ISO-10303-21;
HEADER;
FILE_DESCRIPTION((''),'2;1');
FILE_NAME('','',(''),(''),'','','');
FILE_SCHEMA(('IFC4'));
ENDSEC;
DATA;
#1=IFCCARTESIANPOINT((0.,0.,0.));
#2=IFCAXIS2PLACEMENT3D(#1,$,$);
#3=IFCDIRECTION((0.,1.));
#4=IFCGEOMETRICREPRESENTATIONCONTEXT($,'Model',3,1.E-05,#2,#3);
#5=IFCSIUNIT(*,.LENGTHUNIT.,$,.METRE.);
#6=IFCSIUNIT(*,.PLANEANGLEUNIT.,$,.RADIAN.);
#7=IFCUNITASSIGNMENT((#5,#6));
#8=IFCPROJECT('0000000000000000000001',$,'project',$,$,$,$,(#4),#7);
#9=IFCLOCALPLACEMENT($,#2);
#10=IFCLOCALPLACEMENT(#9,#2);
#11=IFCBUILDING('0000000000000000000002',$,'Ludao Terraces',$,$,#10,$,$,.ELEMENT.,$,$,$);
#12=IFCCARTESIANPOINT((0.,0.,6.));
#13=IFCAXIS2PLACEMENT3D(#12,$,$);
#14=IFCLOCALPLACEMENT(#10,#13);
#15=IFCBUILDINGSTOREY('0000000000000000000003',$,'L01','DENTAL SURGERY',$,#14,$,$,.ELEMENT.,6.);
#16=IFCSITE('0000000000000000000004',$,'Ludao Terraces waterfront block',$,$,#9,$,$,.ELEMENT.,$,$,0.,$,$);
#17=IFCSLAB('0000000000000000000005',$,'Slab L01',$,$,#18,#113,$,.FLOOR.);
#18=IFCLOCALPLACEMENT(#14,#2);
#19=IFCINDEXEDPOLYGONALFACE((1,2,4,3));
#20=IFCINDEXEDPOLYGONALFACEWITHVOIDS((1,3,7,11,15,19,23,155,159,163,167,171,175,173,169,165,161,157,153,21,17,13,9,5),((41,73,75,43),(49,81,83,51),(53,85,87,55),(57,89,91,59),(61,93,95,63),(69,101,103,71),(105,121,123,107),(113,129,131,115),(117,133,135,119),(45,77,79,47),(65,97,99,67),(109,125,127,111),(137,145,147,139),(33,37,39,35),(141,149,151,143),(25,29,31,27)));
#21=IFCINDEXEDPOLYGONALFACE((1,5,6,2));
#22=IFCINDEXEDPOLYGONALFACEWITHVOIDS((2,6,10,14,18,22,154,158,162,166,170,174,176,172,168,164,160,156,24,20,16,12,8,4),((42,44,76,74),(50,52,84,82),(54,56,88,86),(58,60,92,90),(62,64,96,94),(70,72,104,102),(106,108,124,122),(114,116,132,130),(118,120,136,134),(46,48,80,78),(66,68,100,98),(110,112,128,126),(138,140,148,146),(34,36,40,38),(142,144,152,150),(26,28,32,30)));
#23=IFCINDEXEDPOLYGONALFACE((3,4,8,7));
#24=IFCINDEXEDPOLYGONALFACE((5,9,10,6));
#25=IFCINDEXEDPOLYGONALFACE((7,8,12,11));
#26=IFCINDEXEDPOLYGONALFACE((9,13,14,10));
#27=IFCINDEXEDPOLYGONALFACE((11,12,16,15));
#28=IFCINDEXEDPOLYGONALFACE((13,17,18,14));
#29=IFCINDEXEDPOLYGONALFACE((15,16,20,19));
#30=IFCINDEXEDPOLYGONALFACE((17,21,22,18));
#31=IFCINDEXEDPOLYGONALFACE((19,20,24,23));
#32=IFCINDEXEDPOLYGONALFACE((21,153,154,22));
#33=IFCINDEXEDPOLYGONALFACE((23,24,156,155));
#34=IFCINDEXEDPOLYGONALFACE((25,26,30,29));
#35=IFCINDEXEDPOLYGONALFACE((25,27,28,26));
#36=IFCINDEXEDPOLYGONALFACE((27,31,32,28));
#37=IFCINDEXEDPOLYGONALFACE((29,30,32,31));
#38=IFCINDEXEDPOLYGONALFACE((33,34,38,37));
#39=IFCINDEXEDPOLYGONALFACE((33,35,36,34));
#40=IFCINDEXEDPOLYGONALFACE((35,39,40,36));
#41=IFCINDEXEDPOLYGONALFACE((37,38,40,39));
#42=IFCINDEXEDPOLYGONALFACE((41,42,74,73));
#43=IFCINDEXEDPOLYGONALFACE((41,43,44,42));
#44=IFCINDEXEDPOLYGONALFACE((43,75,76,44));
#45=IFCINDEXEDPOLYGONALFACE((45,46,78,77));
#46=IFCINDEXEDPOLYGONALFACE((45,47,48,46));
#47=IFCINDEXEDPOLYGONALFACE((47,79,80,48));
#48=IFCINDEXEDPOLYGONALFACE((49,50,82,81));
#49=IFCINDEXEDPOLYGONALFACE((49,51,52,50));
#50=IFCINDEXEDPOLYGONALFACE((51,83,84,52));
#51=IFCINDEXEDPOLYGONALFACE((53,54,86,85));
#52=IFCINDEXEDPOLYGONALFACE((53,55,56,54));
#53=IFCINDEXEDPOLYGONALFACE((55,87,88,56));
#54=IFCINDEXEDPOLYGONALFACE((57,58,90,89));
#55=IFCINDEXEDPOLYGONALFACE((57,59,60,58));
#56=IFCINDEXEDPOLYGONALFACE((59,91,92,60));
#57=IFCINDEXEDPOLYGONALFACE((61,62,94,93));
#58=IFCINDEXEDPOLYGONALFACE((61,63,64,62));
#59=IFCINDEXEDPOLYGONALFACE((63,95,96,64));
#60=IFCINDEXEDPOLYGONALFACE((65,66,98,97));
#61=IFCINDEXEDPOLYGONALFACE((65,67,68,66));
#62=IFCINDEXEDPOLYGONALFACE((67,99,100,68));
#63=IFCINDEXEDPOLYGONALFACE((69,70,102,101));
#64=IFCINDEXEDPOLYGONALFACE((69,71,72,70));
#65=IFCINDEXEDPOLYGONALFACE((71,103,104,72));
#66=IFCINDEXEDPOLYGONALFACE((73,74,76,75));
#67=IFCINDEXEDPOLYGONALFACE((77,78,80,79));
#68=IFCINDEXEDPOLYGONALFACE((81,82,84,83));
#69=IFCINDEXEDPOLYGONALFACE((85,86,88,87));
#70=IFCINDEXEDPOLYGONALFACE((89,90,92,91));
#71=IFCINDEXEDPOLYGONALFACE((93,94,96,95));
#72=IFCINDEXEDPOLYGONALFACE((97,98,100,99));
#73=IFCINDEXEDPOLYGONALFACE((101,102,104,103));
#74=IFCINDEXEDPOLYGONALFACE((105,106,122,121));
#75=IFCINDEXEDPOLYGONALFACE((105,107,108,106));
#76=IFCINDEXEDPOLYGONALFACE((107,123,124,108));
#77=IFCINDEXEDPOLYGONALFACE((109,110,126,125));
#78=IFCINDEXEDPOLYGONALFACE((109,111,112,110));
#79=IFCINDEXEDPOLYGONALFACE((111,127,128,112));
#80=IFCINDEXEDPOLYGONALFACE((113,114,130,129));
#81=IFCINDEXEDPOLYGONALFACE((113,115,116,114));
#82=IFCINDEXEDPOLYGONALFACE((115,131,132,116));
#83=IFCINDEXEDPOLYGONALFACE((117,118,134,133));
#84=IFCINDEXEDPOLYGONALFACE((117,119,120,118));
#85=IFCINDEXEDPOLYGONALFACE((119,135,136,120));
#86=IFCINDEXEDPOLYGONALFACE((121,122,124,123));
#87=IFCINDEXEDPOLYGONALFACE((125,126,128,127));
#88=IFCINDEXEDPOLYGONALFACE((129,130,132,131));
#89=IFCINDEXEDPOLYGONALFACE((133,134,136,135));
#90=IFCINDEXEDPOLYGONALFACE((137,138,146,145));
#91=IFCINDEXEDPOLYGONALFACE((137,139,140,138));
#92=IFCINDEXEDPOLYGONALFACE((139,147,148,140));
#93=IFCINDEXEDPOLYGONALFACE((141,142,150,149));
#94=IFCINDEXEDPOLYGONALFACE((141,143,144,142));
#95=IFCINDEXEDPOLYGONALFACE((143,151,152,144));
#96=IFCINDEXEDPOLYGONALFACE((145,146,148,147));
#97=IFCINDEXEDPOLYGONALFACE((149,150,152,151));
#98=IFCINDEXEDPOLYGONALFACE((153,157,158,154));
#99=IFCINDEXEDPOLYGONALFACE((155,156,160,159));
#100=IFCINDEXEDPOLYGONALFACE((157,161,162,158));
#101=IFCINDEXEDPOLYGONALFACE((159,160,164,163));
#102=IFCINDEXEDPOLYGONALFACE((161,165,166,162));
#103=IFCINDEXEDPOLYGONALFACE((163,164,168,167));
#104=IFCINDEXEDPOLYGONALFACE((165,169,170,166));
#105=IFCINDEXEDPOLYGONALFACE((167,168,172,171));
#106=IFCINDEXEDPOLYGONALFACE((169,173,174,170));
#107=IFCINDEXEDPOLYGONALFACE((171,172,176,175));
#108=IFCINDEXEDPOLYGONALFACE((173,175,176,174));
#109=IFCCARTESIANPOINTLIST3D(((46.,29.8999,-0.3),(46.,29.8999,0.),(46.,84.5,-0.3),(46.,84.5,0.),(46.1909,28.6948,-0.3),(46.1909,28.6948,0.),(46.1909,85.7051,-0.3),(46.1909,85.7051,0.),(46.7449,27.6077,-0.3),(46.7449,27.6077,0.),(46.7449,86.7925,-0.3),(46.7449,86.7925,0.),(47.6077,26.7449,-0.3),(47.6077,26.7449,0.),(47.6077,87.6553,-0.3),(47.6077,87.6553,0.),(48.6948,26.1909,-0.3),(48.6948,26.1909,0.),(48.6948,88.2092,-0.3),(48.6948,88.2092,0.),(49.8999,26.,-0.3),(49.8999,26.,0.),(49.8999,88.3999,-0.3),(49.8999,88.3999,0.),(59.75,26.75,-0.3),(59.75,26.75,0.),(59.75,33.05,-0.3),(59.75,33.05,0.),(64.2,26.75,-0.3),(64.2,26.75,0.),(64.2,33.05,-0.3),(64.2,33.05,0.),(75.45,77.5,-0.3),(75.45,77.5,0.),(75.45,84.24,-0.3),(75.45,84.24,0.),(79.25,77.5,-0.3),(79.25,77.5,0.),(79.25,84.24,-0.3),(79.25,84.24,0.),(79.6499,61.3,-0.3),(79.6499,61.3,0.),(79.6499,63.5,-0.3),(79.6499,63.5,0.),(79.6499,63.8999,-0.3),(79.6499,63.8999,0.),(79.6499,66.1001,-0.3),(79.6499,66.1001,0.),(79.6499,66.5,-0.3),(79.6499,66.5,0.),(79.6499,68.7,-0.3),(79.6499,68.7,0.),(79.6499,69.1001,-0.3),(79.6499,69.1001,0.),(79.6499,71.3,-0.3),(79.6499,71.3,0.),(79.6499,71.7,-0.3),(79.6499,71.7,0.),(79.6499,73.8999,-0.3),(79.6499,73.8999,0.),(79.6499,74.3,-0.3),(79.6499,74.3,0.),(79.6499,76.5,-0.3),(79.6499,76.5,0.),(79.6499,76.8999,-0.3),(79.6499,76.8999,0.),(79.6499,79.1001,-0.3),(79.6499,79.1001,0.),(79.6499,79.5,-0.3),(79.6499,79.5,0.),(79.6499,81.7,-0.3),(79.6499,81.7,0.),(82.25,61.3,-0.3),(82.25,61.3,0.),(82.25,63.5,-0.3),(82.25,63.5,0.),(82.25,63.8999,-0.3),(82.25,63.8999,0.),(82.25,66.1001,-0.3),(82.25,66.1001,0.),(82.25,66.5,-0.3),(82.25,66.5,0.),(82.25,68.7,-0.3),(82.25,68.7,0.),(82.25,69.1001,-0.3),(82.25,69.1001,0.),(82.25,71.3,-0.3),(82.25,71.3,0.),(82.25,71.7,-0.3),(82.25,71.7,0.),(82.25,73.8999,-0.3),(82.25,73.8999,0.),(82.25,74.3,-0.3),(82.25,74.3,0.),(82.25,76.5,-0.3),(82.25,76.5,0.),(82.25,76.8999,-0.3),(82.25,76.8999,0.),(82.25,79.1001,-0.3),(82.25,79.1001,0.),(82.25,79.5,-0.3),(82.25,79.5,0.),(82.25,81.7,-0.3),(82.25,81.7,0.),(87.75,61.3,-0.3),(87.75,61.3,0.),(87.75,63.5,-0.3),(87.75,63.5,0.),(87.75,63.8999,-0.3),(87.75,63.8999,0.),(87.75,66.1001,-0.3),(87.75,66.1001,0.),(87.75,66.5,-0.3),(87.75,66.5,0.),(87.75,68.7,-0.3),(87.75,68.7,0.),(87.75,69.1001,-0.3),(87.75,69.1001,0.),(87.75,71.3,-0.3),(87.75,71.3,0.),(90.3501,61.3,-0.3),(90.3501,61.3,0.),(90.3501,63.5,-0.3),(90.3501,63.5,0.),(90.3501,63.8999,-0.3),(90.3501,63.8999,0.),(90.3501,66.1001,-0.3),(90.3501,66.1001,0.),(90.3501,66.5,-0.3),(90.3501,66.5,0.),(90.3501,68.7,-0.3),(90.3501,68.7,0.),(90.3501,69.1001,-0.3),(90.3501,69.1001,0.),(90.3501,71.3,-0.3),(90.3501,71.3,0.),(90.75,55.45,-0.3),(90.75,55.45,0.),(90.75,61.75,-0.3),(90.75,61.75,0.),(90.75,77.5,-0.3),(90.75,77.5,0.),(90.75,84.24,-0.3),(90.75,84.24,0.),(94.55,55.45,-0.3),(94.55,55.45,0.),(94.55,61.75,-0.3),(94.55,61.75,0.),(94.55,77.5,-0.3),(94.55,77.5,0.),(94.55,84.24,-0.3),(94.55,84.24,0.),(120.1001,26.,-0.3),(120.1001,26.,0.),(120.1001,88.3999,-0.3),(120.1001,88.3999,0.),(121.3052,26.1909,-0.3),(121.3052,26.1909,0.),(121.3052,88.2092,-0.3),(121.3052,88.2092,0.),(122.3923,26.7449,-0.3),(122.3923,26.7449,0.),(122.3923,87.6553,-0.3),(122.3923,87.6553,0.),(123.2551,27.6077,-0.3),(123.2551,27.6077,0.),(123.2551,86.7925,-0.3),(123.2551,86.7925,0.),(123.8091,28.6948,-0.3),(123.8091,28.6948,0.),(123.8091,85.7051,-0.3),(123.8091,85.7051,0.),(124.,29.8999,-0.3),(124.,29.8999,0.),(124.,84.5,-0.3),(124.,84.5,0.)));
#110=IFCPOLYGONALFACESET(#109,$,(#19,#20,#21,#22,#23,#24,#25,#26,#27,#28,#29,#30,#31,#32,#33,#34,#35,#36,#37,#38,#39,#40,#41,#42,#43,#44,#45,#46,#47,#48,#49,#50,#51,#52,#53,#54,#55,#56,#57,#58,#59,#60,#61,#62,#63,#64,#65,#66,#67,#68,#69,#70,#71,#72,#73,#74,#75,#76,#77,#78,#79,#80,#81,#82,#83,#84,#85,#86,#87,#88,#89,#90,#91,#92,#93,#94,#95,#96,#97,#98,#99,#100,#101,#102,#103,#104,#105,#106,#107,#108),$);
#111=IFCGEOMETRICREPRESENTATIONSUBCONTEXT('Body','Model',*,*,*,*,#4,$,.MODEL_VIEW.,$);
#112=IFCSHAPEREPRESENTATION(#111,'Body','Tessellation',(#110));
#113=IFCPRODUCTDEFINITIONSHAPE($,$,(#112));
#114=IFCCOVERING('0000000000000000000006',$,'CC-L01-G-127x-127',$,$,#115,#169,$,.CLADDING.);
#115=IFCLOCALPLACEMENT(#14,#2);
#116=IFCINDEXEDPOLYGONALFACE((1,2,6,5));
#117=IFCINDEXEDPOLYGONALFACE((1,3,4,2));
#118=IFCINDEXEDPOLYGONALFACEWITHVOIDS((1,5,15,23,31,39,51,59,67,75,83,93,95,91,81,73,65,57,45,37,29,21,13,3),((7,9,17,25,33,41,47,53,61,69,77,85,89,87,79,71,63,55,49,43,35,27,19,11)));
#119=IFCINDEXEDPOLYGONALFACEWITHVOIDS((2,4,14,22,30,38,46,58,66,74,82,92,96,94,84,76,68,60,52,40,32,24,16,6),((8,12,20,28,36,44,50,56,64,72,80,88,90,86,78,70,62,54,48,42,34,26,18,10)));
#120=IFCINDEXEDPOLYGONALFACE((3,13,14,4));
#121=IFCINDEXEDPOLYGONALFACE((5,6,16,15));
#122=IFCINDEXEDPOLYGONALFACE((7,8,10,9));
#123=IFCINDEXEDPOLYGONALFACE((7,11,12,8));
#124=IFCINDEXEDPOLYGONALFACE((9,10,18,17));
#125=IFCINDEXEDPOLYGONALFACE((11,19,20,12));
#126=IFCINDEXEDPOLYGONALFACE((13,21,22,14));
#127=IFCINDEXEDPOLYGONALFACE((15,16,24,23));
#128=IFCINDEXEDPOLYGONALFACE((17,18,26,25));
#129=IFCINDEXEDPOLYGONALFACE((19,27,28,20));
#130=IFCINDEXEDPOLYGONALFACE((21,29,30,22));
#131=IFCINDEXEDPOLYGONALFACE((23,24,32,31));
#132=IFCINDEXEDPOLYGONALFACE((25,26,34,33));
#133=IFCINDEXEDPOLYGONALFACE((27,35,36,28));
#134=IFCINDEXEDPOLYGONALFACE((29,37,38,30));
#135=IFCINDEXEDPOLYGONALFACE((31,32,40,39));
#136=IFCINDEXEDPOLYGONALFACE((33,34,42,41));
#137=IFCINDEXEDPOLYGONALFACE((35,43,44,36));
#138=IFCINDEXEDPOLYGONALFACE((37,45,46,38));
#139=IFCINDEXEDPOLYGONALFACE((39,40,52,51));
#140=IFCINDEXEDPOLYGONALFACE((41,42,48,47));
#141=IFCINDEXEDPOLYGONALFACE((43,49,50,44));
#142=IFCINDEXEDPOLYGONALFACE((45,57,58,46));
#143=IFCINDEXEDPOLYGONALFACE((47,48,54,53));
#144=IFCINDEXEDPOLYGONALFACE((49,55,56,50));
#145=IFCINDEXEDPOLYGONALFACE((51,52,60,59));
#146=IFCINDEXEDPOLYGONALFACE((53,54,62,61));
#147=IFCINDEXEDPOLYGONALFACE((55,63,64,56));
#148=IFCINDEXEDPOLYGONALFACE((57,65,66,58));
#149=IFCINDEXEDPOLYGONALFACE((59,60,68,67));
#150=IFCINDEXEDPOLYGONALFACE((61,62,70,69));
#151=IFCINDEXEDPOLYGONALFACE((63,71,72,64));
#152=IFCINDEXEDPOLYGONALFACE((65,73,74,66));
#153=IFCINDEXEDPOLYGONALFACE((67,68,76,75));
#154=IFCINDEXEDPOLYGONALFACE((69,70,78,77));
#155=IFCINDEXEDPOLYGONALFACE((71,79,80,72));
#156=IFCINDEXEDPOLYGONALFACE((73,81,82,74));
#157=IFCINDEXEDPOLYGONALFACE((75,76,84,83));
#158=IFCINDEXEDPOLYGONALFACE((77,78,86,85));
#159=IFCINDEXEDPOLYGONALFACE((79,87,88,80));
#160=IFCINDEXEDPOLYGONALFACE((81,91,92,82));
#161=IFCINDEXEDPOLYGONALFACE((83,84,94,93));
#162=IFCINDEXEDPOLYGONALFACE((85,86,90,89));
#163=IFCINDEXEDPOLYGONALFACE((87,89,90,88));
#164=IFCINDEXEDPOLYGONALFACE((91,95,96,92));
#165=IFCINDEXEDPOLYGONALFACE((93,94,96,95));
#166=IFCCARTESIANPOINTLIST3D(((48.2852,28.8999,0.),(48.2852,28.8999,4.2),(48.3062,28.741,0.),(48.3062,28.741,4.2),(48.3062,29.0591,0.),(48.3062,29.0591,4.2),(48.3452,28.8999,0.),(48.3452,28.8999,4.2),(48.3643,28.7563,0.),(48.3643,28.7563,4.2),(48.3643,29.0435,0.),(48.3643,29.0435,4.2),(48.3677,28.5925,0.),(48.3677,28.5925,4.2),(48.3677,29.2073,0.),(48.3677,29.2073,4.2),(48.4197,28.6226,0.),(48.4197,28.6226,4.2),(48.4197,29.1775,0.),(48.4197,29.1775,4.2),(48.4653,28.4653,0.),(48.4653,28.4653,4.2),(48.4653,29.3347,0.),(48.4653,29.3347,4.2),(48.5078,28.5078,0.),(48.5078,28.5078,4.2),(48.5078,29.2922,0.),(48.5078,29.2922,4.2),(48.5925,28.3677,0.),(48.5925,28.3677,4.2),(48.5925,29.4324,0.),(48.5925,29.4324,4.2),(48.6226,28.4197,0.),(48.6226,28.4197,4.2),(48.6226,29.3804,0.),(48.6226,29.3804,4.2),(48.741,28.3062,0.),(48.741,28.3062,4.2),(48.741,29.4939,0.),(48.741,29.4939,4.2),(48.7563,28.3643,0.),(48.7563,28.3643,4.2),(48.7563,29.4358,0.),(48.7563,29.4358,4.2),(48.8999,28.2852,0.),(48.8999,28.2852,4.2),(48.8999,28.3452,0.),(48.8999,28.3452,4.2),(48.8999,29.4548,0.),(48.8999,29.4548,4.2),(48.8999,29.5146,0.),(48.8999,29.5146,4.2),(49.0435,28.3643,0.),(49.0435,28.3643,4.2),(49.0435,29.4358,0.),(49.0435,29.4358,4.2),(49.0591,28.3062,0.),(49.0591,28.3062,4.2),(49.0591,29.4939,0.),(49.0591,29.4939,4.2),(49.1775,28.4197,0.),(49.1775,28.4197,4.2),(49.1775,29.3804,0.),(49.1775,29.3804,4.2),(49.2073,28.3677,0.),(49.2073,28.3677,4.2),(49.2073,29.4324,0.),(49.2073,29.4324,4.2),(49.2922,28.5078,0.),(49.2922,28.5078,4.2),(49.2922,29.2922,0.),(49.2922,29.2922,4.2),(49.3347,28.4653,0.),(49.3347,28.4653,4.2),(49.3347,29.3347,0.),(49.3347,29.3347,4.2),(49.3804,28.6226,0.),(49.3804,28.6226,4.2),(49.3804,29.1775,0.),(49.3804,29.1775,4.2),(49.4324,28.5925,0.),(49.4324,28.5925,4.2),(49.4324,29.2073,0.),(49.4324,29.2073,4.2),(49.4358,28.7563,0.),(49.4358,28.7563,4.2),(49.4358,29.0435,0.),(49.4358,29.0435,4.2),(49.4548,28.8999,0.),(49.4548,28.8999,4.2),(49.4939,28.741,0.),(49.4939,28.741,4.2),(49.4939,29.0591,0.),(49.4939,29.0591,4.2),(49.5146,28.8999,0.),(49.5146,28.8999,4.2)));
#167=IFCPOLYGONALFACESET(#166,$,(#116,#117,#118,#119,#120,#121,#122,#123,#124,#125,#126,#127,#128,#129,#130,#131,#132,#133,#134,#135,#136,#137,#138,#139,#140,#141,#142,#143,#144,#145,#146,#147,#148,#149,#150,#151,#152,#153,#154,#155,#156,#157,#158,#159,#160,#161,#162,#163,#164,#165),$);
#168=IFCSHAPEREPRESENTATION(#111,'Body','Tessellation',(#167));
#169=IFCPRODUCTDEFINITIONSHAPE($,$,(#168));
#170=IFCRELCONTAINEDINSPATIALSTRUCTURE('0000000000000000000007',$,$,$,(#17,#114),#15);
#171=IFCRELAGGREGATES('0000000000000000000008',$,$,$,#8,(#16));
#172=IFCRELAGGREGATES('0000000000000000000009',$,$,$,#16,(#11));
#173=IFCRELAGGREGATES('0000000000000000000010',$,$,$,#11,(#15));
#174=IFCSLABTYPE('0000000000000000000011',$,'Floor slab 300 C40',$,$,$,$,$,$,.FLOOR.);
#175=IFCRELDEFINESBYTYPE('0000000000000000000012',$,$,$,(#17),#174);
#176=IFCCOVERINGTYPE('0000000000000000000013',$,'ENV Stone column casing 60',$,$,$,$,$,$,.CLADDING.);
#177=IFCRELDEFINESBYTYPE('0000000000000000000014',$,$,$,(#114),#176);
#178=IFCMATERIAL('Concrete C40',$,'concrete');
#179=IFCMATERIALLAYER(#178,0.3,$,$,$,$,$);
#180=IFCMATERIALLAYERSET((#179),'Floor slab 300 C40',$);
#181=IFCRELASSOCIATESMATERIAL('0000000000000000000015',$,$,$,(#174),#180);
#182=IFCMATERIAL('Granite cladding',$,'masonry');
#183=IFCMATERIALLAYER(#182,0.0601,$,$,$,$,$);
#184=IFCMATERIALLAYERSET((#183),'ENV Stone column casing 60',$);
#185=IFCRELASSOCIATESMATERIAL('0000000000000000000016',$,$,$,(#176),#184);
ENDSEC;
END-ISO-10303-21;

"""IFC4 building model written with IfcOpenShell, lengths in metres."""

from ifc_helpers import new_model, si_unit, direction, frame, origin, place, context, subcontext, project, spatial, polyline, outline, extrude, material, layer, layer_set, type_object, element, save


model = new_model("IFC4")

# Units and contexts
model_context = context("Model", 3, precision=1e-05, world=origin(), true_north=direction((0.0, 1.0)))
body_context = subcontext(model_context, "Body", "Model", "MODEL_VIEW")
ifc_project = project(units=[si_unit("LENGTHUNIT", "METRE"), si_unit("PLANEANGLEUNIT", "RADIAN")], contexts=[model_context])

# Site, building, storey
site_placement = place(None, origin())
site = spatial("IfcSite", under=ifc_project, at=site_placement, Name="Ludao Terraces waterfront block", CompositionType="ELEMENT", RefElevation=0.0)
building_placement = place(site_placement, origin())
building = spatial("IfcBuilding", under=site, at=building_placement, Name="Ludao Terraces", CompositionType="ELEMENT")
storey_placement = place(building_placement, frame((0.0, 0.0, 6.0)))
storey = spatial("IfcBuildingStorey", under=building, at=storey_placement, Name="L01", Description="DENTAL SURGERY", CompositionType="ELEMENT", Elevation=6.0)

# Slab
ifc_material_1 = material(Name="Concrete C40", Category="concrete")
ifc_layer_1 = layer(ifc_material_1, 0.3)
ifc_layer_set_1 = layer_set([ifc_layer_1], Name="Floor slab 300 C40")
slab_type = type_object("IfcSlabType", Name="Floor slab 300 C40", PredefinedType="FLOOR", material=ifc_layer_set_1)
slab_placement = place(storey_placement, frame((0.0, 0.0, -0.3)))
element("IfcSlab", 1, at=slab_placement, inside=storey, type_object=slab_type, Name="Slab L01", PredefinedType="FLOOR", context=body_context, shape_type="SweptSolid", body=[
    extrude(outline(polyline([(120.1001, 26.0), (121.3052, 26.1909), (122.3923, 26.7449), (123.2551, 27.6077), (123.8091, 28.6948), (124.0, 29.8999), (124.0, 84.5), (123.8091, 85.7051), (123.2551, 86.7925), (122.3923, 87.6553), (121.3052, 88.2092), (120.1001, 88.3999), (49.8999, 88.3999), (48.6948, 88.2092), (47.6077, 87.6553), (46.7449, 86.7925), (46.1909, 85.7051), (46.0, 84.5), (46.0, 29.8999), (46.1909, 28.6948), (46.7449, 27.6077), (47.6077, 26.7449), (48.6948, 26.1909), (49.8999, 26.0), (120.1001, 26.0)]), holes=[polyline([(79.6499, 61.3), (82.25, 61.3), (82.25, 63.5), (79.6499, 63.5), (79.6499, 61.3)]), polyline([(79.6499, 63.8999), (82.25, 63.8999), (82.25, 66.1001), (79.6499, 66.1001), (79.6499, 63.8999)]), polyline([(79.6499, 66.5), (82.25, 66.5), (82.25, 68.7), (79.6499, 68.7), (79.6499, 66.5)]), polyline([(79.6499, 69.1001), (82.25, 69.1001), (82.25, 71.3), (79.6499, 71.3), (79.6499, 69.1001)]), polyline([(79.6499, 71.7), (82.25, 71.7), (82.25, 73.8999), (79.6499, 73.8999), (79.6499, 71.7)]), polyline([(79.6499, 74.3), (82.25, 74.3), (82.25, 76.5), (79.6499, 76.5), (79.6499, 74.3)]), polyline([(79.6499, 76.8999), (82.25, 76.8999), (82.25, 79.1001), (79.6499, 79.1001), (79.6499, 76.8999)]), polyline([(79.6499, 79.5), (82.25, 79.5), (82.25, 81.7), (79.6499, 81.7), (79.6499, 79.5)]), polyline([(87.75, 61.3), (90.3501, 61.3), (90.3501, 63.5), (87.75, 63.5), (87.75, 61.3)]), polyline([(87.75, 63.8999), (90.3501, 63.8999), (90.3501, 66.1001), (87.75, 66.1001), (87.75, 63.8999)]), polyline([(87.75, 66.5), (90.3501, 66.5), (90.3501, 68.7), (87.75, 68.7), (87.75, 66.5)]), polyline([(87.75, 69.1001), (90.3501, 69.1001), (90.3501, 71.3), (87.75, 71.3), (87.75, 69.1001)]), polyline([(75.45, 77.5), (79.25, 77.5), (79.25, 84.24), (75.45, 84.24), (75.45, 77.5)]), polyline([(90.75, 77.5), (94.55, 77.5), (94.55, 84.24), (90.75, 84.24), (90.75, 77.5)]), polyline([(90.75, 55.45), (94.55, 55.45), (94.55, 61.75), (90.75, 61.75), (90.75, 55.45)]), polyline([(59.75, 26.75), (64.2, 26.75), (64.2, 33.05), (59.75, 33.05), (59.75, 26.75)])]), origin(), (0.0, 0.0, 1.0), 0.3),
])

# Covering
ifc_material_2 = material(Name="Granite cladding", Category="masonry")
ifc_layer_2 = layer(ifc_material_2, 0.0601)
ifc_layer_set_2 = layer_set([ifc_layer_2], Name="ENV Stone column casing 60")
covering_type = type_object("IfcCoveringType", Name="ENV Stone column casing 60", PredefinedType="CLADDING", material=ifc_layer_set_2)
covering_1_placement = place(storey_placement, origin())
element("IfcCovering", 2, at=covering_1_placement, inside=storey, type_object=covering_type, Name="CC-L01-G-127x-127", PredefinedType="CLADDING", context=body_context, shape_type="SweptSolid", body=[
    extrude(outline(polyline([(49.5146, 28.8999), (49.4939, 29.0591), (49.4324, 29.2073), (49.3347, 29.3347), (49.2073, 29.4324), (49.0591, 29.4939), (48.8999, 29.5146), (48.741, 29.4939), (48.5925, 29.4324), (48.4653, 29.3347), (48.3677, 29.2073), (48.3062, 29.0591), (48.2852, 28.8999), (48.3062, 28.741), (48.3677, 28.5925), (48.4653, 28.4653), (48.5925, 28.3677), (48.741, 28.3062), (48.8999, 28.2852), (49.0591, 28.3062), (49.2073, 28.3677), (49.3347, 28.4653), (49.4324, 28.5925), (49.4939, 28.741), (49.5146, 28.8999)]), holes=[polyline([(49.4358, 28.7563), (49.3804, 28.6226), (49.2922, 28.5078), (49.1775, 28.4197), (49.0435, 28.3643), (48.8999, 28.3452), (48.7563, 28.3643), (48.6226, 28.4197), (48.5078, 28.5078), (48.4197, 28.6226), (48.3643, 28.7563), (48.3452, 28.8999), (48.3643, 29.0435), (48.4197, 29.1775), (48.5078, 29.2922), (48.6226, 29.3804), (48.7563, 29.4358), (48.8999, 29.4548), (49.0435, 29.4358), (49.1775, 29.3804), (49.2922, 29.2922), (49.3804, 29.1775), (49.4358, 29.0435), (49.4548, 28.8999), (49.4358, 28.7563)])]), origin(), (0.0, 0.0, 1.0), 4.2),
])

save(model, "model.ifc")
